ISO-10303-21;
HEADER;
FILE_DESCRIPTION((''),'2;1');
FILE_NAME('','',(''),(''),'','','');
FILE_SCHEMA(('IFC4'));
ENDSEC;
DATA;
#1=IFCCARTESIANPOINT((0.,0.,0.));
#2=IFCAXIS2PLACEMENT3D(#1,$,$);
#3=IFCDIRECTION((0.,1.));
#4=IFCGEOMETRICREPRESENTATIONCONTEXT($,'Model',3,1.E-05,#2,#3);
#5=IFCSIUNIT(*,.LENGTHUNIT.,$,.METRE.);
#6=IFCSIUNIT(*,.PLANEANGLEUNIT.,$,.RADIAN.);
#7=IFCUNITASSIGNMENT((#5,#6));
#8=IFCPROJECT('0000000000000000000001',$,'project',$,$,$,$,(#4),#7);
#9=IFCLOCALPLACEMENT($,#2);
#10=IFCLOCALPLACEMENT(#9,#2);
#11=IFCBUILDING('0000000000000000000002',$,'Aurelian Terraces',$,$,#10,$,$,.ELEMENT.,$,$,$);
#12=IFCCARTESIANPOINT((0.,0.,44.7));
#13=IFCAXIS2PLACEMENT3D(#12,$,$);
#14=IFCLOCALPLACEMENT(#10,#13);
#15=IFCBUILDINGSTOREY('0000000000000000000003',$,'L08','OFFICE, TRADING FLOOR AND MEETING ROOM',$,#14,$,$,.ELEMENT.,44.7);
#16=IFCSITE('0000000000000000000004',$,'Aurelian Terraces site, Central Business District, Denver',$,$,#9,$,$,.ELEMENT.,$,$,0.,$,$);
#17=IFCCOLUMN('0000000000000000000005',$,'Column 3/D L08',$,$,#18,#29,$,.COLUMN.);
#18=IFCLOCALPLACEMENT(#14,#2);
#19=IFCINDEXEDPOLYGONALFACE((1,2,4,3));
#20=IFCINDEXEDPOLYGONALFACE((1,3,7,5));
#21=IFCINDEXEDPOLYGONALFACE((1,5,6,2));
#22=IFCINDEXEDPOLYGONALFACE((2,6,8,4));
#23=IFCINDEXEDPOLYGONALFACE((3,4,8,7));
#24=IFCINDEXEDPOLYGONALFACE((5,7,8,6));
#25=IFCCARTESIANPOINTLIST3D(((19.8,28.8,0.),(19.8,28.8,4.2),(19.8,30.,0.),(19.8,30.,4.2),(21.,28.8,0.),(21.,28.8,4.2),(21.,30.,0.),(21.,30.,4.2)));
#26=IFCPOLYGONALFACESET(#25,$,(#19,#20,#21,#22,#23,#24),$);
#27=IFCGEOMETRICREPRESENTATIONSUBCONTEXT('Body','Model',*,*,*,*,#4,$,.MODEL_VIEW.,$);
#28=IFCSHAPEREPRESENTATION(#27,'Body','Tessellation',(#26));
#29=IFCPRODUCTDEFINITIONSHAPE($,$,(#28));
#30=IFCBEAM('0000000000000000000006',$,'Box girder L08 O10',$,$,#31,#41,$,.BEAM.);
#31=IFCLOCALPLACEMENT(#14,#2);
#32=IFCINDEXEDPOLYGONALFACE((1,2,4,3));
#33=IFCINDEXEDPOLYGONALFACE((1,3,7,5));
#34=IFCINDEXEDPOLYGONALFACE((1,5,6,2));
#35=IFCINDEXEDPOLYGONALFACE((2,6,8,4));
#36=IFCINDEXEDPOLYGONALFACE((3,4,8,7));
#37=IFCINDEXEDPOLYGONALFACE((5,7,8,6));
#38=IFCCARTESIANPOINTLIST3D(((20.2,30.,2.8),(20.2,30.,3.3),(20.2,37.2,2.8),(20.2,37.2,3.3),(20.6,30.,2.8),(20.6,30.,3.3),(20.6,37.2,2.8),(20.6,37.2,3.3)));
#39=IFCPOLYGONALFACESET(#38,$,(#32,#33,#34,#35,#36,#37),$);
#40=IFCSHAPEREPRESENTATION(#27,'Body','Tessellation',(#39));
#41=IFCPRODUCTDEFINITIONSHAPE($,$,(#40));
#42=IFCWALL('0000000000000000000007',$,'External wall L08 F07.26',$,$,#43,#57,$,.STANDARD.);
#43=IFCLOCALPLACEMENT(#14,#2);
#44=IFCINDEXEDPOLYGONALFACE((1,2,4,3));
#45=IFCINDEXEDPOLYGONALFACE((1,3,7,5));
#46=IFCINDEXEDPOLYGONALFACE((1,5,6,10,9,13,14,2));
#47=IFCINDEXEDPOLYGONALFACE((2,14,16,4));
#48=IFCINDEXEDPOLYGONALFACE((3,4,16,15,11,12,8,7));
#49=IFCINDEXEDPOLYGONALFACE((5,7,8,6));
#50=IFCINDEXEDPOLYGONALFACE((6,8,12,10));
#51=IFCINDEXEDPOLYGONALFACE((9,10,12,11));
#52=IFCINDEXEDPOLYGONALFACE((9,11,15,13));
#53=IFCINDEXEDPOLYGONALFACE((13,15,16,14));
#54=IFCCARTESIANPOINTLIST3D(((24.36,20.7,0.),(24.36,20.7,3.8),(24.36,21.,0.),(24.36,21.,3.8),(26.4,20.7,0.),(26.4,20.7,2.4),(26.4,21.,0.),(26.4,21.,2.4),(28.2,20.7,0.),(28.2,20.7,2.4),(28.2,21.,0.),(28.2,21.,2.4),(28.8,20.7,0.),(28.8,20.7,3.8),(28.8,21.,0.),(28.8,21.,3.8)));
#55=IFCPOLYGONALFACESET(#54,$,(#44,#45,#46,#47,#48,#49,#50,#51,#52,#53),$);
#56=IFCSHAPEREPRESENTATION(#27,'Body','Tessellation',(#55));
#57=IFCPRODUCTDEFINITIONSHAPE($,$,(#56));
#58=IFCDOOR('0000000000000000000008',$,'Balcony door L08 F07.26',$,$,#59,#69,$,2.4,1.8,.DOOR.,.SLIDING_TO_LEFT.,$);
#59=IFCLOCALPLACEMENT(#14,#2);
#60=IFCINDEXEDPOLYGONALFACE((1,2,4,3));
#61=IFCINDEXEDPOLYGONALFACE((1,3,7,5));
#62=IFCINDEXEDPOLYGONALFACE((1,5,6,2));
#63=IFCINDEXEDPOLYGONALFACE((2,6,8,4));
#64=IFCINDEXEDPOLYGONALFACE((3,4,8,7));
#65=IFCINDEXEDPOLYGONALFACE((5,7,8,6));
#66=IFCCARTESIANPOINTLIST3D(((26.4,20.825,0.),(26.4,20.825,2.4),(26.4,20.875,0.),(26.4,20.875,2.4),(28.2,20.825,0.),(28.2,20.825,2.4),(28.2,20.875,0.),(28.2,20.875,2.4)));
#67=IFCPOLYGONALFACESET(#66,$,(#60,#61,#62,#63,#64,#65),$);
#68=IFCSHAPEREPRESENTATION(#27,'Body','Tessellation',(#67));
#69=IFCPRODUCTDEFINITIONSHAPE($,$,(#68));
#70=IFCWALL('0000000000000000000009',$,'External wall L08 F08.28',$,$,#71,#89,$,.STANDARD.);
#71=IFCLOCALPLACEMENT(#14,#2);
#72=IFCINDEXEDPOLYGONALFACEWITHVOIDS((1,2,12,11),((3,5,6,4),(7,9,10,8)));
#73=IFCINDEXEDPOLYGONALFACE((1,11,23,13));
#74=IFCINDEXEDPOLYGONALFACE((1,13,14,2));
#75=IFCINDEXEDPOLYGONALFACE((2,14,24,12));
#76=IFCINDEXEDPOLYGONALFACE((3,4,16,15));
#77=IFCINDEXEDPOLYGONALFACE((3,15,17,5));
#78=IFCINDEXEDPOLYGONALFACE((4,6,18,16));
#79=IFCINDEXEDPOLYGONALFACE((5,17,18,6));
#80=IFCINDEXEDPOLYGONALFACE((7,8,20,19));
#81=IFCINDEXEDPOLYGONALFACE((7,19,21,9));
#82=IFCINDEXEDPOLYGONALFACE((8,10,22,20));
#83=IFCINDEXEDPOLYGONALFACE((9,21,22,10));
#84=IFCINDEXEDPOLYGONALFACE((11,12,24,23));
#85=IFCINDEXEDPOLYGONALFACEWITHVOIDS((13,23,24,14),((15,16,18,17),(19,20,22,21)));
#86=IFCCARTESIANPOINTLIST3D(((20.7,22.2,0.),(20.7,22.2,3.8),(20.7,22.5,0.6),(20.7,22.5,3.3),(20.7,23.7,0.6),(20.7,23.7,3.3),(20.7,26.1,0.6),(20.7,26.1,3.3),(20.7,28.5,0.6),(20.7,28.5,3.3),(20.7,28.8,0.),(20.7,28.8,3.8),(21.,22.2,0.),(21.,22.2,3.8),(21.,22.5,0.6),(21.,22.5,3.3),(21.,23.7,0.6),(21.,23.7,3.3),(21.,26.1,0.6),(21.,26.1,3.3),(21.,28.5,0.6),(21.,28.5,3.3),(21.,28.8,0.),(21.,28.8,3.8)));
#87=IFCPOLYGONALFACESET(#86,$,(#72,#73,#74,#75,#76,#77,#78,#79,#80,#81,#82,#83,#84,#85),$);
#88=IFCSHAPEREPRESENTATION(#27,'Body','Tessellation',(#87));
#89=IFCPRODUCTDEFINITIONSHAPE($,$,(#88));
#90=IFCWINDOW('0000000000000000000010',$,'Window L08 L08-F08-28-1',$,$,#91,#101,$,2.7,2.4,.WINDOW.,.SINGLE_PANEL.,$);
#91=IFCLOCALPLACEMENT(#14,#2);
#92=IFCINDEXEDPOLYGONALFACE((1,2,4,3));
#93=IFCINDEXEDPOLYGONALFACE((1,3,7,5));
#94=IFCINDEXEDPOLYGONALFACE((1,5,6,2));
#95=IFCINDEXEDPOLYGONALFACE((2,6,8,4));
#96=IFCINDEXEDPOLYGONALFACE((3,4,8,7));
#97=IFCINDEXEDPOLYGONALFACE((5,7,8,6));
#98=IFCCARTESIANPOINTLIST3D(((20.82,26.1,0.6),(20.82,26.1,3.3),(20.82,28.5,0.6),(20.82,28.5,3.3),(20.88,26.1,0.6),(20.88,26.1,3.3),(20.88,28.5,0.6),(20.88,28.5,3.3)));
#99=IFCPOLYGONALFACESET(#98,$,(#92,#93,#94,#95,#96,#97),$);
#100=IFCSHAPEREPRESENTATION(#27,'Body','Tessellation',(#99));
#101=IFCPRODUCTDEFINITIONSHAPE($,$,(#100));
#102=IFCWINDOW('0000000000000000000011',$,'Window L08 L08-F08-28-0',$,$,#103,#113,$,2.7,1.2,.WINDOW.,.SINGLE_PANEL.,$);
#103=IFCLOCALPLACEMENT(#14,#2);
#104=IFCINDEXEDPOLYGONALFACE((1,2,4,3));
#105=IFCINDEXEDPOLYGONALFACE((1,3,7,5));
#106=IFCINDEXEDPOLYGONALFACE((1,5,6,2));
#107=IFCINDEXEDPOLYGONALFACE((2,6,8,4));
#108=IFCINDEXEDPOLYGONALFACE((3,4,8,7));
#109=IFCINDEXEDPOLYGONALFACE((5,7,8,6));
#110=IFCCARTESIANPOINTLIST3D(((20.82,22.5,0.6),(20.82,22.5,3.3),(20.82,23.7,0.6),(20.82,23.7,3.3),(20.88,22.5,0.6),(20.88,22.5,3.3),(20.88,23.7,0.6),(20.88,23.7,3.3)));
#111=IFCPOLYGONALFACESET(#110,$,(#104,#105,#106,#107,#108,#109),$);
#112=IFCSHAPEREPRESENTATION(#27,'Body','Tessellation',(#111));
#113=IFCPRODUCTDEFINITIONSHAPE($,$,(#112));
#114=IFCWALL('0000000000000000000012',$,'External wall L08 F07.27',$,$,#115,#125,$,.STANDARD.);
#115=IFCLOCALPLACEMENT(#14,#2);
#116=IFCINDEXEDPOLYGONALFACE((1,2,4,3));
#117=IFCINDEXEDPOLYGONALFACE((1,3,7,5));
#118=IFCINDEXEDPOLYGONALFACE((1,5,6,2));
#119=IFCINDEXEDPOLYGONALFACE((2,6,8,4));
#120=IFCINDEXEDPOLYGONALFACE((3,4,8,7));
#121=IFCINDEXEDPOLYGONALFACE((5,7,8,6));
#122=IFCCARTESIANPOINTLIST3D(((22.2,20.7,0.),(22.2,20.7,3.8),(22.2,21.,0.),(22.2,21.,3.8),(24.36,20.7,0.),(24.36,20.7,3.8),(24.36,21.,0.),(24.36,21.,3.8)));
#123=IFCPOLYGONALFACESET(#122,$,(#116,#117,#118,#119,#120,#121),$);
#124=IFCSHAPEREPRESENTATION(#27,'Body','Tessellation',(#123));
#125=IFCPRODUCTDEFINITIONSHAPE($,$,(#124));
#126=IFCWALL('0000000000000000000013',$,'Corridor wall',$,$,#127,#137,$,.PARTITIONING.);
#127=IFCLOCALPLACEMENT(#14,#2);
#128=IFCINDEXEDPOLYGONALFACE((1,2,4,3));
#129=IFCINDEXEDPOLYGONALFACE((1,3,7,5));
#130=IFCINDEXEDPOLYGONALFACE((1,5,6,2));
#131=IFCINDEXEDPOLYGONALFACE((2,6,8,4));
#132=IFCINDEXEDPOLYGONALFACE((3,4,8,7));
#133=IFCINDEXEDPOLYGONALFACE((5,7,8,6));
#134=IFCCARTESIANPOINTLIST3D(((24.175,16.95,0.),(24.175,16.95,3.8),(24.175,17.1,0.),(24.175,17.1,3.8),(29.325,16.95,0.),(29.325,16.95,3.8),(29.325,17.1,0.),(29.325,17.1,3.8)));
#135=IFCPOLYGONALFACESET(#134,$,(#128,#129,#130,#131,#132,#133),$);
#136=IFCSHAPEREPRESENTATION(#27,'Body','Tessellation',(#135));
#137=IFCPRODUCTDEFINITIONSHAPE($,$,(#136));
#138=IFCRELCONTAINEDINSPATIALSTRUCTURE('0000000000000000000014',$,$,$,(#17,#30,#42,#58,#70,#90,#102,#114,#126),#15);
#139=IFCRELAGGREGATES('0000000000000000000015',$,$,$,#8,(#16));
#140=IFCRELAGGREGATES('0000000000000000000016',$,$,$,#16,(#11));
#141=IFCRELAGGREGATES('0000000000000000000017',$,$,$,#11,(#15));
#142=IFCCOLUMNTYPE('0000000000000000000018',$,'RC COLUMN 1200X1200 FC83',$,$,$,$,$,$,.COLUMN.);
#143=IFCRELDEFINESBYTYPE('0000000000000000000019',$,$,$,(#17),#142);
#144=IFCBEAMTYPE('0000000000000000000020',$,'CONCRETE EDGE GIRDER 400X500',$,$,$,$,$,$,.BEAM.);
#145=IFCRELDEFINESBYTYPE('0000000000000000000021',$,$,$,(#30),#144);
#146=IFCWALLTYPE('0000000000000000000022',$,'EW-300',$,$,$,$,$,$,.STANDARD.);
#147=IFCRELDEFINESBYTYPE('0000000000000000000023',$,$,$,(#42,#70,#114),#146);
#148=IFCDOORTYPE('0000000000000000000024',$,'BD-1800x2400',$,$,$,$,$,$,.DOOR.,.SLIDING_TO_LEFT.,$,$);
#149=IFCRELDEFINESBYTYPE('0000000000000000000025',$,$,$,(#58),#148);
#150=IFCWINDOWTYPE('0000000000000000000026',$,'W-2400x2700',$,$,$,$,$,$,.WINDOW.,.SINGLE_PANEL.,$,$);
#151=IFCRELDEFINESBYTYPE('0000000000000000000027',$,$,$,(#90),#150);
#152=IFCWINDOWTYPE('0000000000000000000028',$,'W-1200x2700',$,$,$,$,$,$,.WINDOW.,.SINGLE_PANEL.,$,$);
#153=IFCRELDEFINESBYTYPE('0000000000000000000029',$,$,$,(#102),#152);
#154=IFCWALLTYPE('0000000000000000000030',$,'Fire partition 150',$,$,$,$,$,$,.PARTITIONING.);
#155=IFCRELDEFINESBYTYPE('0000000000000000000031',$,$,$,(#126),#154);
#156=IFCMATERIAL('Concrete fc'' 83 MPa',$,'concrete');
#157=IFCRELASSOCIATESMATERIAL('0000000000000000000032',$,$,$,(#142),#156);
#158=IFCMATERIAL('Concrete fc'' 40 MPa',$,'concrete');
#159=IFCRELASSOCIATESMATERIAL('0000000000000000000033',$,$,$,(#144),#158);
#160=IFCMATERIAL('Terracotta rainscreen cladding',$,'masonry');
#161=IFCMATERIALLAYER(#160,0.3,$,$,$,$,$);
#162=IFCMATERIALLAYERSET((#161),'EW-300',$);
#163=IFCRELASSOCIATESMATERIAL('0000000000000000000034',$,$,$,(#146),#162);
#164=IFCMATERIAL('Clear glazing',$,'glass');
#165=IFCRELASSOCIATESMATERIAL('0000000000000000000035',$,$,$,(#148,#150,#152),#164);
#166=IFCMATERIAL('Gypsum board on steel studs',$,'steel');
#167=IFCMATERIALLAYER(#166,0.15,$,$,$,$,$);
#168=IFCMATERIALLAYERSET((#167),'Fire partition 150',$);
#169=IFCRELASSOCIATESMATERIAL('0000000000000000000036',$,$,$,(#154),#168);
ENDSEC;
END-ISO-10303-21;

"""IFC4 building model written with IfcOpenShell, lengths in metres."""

from ifc_helpers import new_model, si_unit, direction, frame, frame_2d, origin, origin_2d, place, context, subcontext, project, spatial, rectangle, extrude, source, transform, mapped, material, layer, layer_set, material_profile, profile_set, type_object, element, fill, save


model = new_model("IFC4")

# Units and contexts
model_context = context("Model", 3, precision=1e-05, world=origin(), true_north=direction((0.0, 1.0)))
body_context = subcontext(model_context, "Body", "Model", "MODEL_VIEW")
ifc_project = project(units=[si_unit("LENGTHUNIT", "METRE"), si_unit("PLANEANGLEUNIT", "RADIAN")], contexts=[model_context])

# Site, building, storey
site_placement = place(None, origin())
site = spatial("IfcSite", under=ifc_project, at=site_placement, Name="Aurelian Terraces site, Central Business District, Denver", CompositionType="ELEMENT", RefElevation=0.0)
building_placement = place(site_placement, origin())
building = spatial("IfcBuilding", under=site, at=building_placement, Name="Aurelian Terraces", CompositionType="ELEMENT")
storey_placement = place(building_placement, frame((0.0, 0.0, 44.7)))
storey = spatial("IfcBuildingStorey", under=building, at=storey_placement, Name="L08", Description="OFFICE, TRADING FLOOR AND MEETING ROOM", CompositionType="ELEMENT", Elevation=44.7)

# Column
ifc_material_1 = material(Name="Concrete fc' 83 MPa", Category="concrete")
ifc_material_profile_1 = material_profile(ifc_material_1, rectangle(XDim=1.2, YDim=1.2, at=origin_2d()))
ifc_profile_set_1 = profile_set([ifc_material_profile_1], Name="Concrete fc' 83 MPa")
column_type = type_object("IfcColumnType", Name="RC COLUMN 1200X1200 FC83", PredefinedType="COLUMN", material=ifc_profile_set_1)
shared_shape_1 = source(origin(), body_context, "Body", "SweptSolid", [
    extrude(rectangle(XDim=1.2, YDim=1.2, at=origin_2d()), origin(), (0.0, 0.0, 1.0), 4.2),
])
column_placement = place(storey_placement, frame((20.4, 29.4, 0.0), z_axis=(0.0, 0.0, 1.0), x_axis=(1.0, 0.0, 0.0)))
element("IfcColumn", 1, at=column_placement, inside=storey, type_object=column_type, Name="Column 3/D L08", PredefinedType="COLUMN", context=body_context, shape_type="MappedRepresentation", body=[
    mapped(shared_shape_1, transform((0.0, 0.0, 0.0), scale=1.0)),
])

# Beam
ifc_material_2 = material(Name="Concrete fc' 40 MPa", Category="concrete")
ifc_material_profile_2 = material_profile(ifc_material_2, rectangle(XDim=0.4, YDim=0.5, at=origin_2d()))
ifc_profile_set_2 = profile_set([ifc_material_profile_2], Name="Concrete fc' 40 MPa")
beam_type = type_object("IfcBeamType", Name="CONCRETE EDGE GIRDER 400X500", PredefinedType="BEAM", material=ifc_profile_set_2)
shared_shape_2 = source(origin(), body_context, "Body", "SweptSolid", [
    extrude(rectangle(XDim=0.4, YDim=0.5, at=origin_2d()), origin(), (0.0, 0.0, 1.0), 7.2),
])
beam_placement = place(storey_placement, frame((20.4, 30.0, 3.05), z_axis=(0.0, 1.0, 0.0), x_axis=(-1.0, 0.0, 0.0)))
element("IfcBeam", 2, at=beam_placement, inside=storey, type_object=beam_type, Name="Box girder L08 O10", PredefinedType="BEAM", context=body_context, shape_type="MappedRepresentation", body=[
    mapped(shared_shape_2, transform((0.0, 0.0, 0.0), scale=1.0)),
])

# Wall, opening, door
ifc_material_3 = material(Name="Terracotta rainscreen cladding", Category="masonry")
ifc_layer_1 = layer(ifc_material_3, 0.3)
ifc_layer_set_1 = layer_set([ifc_layer_1], Name="EW-300")
wall_type_1 = type_object("IfcWallType", Name="EW-300", PredefinedType="STANDARD", material=ifc_layer_set_1)
wall_1_placement = place(storey_placement, frame((28.8, 20.85, 0.0), z_axis=(0.0, 0.0, 1.0), x_axis=(-1.0, 0.0, 0.0)))
wall_1 = element("IfcWall", 3, at=wall_1_placement, inside=storey, type_object=wall_type_1, Name="External wall L08 F07.26", PredefinedType="STANDARD", context=body_context, shape_type="SweptSolid", body=[
    extrude(rectangle(XDim=4.44, YDim=0.3, at=frame_2d((2.22, 0.0))), origin(), (0.0, 0.0, 1.0), 3.8),
])
shared_shape_3 = source(origin(), body_context, "Body", "SweptSolid", [
    extrude(rectangle(XDim=1.8, YDim=2.4, at=frame_2d((0.9, 1.2))), frame((0.0, 0.16, 0.0), z_axis=(0.0, -1.0, 0.0), x_axis=(1.0, 0.0, 0.0)), (0.0, 0.0, 1.0), 0.32),
])
opening_1_placement = place(wall_1_placement, frame((0.6, 0.0, 0.0)))
opening_1 = element("IfcOpeningElement", 4, at=opening_1_placement, cuts=wall_1, PredefinedType="OPENING", context=body_context, shape_type="MappedRepresentation", body=[
    mapped(shared_shape_3, transform((0.0, 0.0, 0.0), scale=1.0)),
])
ifc_material_4 = material(Name="Clear glazing", Category="glass")
door_type_1 = type_object("IfcDoorType", Name="BD-1800x2400", OperationType="SLIDING_TO_LEFT", PredefinedType="DOOR", material=ifc_material_4)
shared_shape_4 = source(origin(), body_context, "Body", "SweptSolid", [
    extrude(rectangle(XDim=1.8, YDim=2.4, at=frame_2d((0.9, 1.2))), frame((0.0, 0.025, 0.0), z_axis=(0.0, -1.0, 0.0), x_axis=(1.0, 0.0, 0.0)), (0.0, 0.0, 1.0), 0.05),
])
door_1_placement = place(opening_1_placement, origin())
door_1 = element("IfcDoor", 5, at=door_1_placement, inside=storey, type_object=door_type_1, Name="Balcony door L08 F07.26", OperationType="SLIDING_TO_LEFT", OverallHeight=2.4, OverallWidth=1.8, PredefinedType="DOOR", context=body_context, shape_type="MappedRepresentation", body=[
    mapped(shared_shape_4, transform((0.0, 0.0, 0.0), scale=1.0)),
])
fill(opening_1, door_1)

# Wall, openings, windows
wall_2_placement = place(storey_placement, frame((20.85, 22.2, 0.0), z_axis=(0.0, 0.0, 1.0), x_axis=(0.0, 1.0, 0.0)))
wall_2 = element("IfcWall", 6, at=wall_2_placement, inside=storey, type_object=wall_type_1, Name="External wall L08 F08.28", PredefinedType="STANDARD", context=body_context, shape_type="SweptSolid", body=[
    extrude(rectangle(XDim=6.6, YDim=0.3, at=frame_2d((3.3, 0.0))), origin(), (0.0, 0.0, 1.0), 3.8),
])
shared_shape_5 = source(origin(), body_context, "Body", "SweptSolid", [
    extrude(rectangle(XDim=1.2, YDim=2.7, at=frame_2d((0.6, 1.35))), frame((0.0, 0.16, 0.0), z_axis=(0.0, -1.0, 0.0), x_axis=(1.0, 0.0, 0.0)), (0.0, 0.0, 1.0), 0.32),
])
opening_2_placement = place(wall_2_placement, frame((0.3, 0.0, 0.6)))
opening_2 = element("IfcOpeningElement", 7, at=opening_2_placement, cuts=wall_2, PredefinedType="OPENING", context=body_context, shape_type="MappedRepresentation", body=[
    mapped(shared_shape_5, transform((0.0, 0.0, 0.0), scale=1.0)),
])
shared_shape_6 = source(origin(), body_context, "Body", "SweptSolid", [
    extrude(rectangle(XDim=2.4, YDim=2.7, at=frame_2d((1.2, 1.35))), frame((0.0, 0.16, 0.0), z_axis=(0.0, -1.0, 0.0), x_axis=(1.0, 0.0, 0.0)), (0.0, 0.0, 1.0), 0.32),
])
opening_3_placement = place(wall_2_placement, frame((3.9, 0.0, 0.6)))
opening_3 = element("IfcOpeningElement", 8, at=opening_3_placement, cuts=wall_2, PredefinedType="OPENING", context=body_context, shape_type="MappedRepresentation", body=[
    mapped(shared_shape_6, transform((0.0, 0.0, 0.0), scale=1.0)),
])
window_type_1 = type_object("IfcWindowType", Name="W-2400x2700", PartitioningType="SINGLE_PANEL", PredefinedType="WINDOW", material=ifc_material_4)
shared_shape_7 = source(origin(), body_context, "Body", "SweptSolid", [
    extrude(rectangle(XDim=2.4, YDim=2.7, at=frame_2d((1.2, 1.35))), frame((0.0, 0.03, 0.0), z_axis=(0.0, -1.0, 0.0), x_axis=(1.0, 0.0, 0.0)), (0.0, 0.0, 1.0), 0.06),
])
window_1_placement = place(opening_3_placement, origin())
window_1 = element("IfcWindow", 9, at=window_1_placement, inside=storey, type_object=window_type_1, Name="Window L08 L08-F08-28-1", OverallHeight=2.7, OverallWidth=2.4, PartitioningType="SINGLE_PANEL", PredefinedType="WINDOW", context=body_context, shape_type="MappedRepresentation", body=[
    mapped(shared_shape_7, transform((0.0, 0.0, 0.0), scale=1.0)),
])
fill(opening_3, window_1)
window_type_2 = type_object("IfcWindowType", Name="W-1200x2700", PartitioningType="SINGLE_PANEL", PredefinedType="WINDOW", material=ifc_material_4)
shared_shape_8 = source(origin(), body_context, "Body", "SweptSolid", [
    extrude(rectangle(XDim=1.2, YDim=2.7, at=frame_2d((0.6, 1.35))), frame((0.0, 0.03, 0.0), z_axis=(0.0, -1.0, 0.0), x_axis=(1.0, 0.0, 0.0)), (0.0, 0.0, 1.0), 0.06),
])
window_2_placement = place(opening_2_placement, origin())
window_2 = element("IfcWindow", 10, at=window_2_placement, inside=storey, type_object=window_type_2, Name="Window L08 L08-F08-28-0", OverallHeight=2.7, OverallWidth=1.2, PartitioningType="SINGLE_PANEL", PredefinedType="WINDOW", context=body_context, shape_type="MappedRepresentation", body=[
    mapped(shared_shape_8, transform((0.0, 0.0, 0.0), scale=1.0)),
])
fill(opening_2, window_2)

# Walls
shared_shape_9 = source(origin(), body_context, "Body", "SweptSolid", [
    extrude(rectangle(XDim=2.16, YDim=0.3, at=frame_2d((1.08, 0.0))), origin(), (0.0, 0.0, 1.0), 3.8),
])
wall_3_placement = place(storey_placement, frame((24.36, 20.85, 0.0), z_axis=(0.0, 0.0, 1.0), x_axis=(-1.0, 0.0, 0.0)))
element("IfcWall", 11, at=wall_3_placement, inside=storey, type_object=wall_type_1, Name="External wall L08 F07.27", PredefinedType="STANDARD", context=body_context, shape_type="MappedRepresentation", body=[
    mapped(shared_shape_9, transform((0.0, 0.0, 0.0), scale=1.0)),
])
ifc_material_5 = material(Name="Gypsum board on steel studs", Category="steel")
ifc_layer_2 = layer(ifc_material_5, 0.15)
ifc_layer_set_2 = layer_set([ifc_layer_2], Name="Fire partition 150")
wall_type_2 = type_object("IfcWallType", Name="Fire partition 150", PredefinedType="PARTITIONING", material=ifc_layer_set_2)
shared_shape_10 = source(origin(), body_context, "Body", "SweptSolid", [
    extrude(rectangle(XDim=5.15, YDim=0.15, at=frame_2d((2.575, 0.0))), origin(), (0.0, 0.0, 1.0), 3.8),
])
wall_4_placement = place(storey_placement, frame((24.175, 17.025, 0.0), z_axis=(0.0, 0.0, 1.0), x_axis=(1.0, 0.0, 0.0)))
element("IfcWall", 12, at=wall_4_placement, inside=storey, type_object=wall_type_2, Name="Corridor wall", PredefinedType="PARTITIONING", context=body_context, shape_type="MappedRepresentation", body=[
    mapped(shared_shape_10, transform((0.0, 0.0, 0.0), scale=1.0)),
])

save(model, "model.ifc")
